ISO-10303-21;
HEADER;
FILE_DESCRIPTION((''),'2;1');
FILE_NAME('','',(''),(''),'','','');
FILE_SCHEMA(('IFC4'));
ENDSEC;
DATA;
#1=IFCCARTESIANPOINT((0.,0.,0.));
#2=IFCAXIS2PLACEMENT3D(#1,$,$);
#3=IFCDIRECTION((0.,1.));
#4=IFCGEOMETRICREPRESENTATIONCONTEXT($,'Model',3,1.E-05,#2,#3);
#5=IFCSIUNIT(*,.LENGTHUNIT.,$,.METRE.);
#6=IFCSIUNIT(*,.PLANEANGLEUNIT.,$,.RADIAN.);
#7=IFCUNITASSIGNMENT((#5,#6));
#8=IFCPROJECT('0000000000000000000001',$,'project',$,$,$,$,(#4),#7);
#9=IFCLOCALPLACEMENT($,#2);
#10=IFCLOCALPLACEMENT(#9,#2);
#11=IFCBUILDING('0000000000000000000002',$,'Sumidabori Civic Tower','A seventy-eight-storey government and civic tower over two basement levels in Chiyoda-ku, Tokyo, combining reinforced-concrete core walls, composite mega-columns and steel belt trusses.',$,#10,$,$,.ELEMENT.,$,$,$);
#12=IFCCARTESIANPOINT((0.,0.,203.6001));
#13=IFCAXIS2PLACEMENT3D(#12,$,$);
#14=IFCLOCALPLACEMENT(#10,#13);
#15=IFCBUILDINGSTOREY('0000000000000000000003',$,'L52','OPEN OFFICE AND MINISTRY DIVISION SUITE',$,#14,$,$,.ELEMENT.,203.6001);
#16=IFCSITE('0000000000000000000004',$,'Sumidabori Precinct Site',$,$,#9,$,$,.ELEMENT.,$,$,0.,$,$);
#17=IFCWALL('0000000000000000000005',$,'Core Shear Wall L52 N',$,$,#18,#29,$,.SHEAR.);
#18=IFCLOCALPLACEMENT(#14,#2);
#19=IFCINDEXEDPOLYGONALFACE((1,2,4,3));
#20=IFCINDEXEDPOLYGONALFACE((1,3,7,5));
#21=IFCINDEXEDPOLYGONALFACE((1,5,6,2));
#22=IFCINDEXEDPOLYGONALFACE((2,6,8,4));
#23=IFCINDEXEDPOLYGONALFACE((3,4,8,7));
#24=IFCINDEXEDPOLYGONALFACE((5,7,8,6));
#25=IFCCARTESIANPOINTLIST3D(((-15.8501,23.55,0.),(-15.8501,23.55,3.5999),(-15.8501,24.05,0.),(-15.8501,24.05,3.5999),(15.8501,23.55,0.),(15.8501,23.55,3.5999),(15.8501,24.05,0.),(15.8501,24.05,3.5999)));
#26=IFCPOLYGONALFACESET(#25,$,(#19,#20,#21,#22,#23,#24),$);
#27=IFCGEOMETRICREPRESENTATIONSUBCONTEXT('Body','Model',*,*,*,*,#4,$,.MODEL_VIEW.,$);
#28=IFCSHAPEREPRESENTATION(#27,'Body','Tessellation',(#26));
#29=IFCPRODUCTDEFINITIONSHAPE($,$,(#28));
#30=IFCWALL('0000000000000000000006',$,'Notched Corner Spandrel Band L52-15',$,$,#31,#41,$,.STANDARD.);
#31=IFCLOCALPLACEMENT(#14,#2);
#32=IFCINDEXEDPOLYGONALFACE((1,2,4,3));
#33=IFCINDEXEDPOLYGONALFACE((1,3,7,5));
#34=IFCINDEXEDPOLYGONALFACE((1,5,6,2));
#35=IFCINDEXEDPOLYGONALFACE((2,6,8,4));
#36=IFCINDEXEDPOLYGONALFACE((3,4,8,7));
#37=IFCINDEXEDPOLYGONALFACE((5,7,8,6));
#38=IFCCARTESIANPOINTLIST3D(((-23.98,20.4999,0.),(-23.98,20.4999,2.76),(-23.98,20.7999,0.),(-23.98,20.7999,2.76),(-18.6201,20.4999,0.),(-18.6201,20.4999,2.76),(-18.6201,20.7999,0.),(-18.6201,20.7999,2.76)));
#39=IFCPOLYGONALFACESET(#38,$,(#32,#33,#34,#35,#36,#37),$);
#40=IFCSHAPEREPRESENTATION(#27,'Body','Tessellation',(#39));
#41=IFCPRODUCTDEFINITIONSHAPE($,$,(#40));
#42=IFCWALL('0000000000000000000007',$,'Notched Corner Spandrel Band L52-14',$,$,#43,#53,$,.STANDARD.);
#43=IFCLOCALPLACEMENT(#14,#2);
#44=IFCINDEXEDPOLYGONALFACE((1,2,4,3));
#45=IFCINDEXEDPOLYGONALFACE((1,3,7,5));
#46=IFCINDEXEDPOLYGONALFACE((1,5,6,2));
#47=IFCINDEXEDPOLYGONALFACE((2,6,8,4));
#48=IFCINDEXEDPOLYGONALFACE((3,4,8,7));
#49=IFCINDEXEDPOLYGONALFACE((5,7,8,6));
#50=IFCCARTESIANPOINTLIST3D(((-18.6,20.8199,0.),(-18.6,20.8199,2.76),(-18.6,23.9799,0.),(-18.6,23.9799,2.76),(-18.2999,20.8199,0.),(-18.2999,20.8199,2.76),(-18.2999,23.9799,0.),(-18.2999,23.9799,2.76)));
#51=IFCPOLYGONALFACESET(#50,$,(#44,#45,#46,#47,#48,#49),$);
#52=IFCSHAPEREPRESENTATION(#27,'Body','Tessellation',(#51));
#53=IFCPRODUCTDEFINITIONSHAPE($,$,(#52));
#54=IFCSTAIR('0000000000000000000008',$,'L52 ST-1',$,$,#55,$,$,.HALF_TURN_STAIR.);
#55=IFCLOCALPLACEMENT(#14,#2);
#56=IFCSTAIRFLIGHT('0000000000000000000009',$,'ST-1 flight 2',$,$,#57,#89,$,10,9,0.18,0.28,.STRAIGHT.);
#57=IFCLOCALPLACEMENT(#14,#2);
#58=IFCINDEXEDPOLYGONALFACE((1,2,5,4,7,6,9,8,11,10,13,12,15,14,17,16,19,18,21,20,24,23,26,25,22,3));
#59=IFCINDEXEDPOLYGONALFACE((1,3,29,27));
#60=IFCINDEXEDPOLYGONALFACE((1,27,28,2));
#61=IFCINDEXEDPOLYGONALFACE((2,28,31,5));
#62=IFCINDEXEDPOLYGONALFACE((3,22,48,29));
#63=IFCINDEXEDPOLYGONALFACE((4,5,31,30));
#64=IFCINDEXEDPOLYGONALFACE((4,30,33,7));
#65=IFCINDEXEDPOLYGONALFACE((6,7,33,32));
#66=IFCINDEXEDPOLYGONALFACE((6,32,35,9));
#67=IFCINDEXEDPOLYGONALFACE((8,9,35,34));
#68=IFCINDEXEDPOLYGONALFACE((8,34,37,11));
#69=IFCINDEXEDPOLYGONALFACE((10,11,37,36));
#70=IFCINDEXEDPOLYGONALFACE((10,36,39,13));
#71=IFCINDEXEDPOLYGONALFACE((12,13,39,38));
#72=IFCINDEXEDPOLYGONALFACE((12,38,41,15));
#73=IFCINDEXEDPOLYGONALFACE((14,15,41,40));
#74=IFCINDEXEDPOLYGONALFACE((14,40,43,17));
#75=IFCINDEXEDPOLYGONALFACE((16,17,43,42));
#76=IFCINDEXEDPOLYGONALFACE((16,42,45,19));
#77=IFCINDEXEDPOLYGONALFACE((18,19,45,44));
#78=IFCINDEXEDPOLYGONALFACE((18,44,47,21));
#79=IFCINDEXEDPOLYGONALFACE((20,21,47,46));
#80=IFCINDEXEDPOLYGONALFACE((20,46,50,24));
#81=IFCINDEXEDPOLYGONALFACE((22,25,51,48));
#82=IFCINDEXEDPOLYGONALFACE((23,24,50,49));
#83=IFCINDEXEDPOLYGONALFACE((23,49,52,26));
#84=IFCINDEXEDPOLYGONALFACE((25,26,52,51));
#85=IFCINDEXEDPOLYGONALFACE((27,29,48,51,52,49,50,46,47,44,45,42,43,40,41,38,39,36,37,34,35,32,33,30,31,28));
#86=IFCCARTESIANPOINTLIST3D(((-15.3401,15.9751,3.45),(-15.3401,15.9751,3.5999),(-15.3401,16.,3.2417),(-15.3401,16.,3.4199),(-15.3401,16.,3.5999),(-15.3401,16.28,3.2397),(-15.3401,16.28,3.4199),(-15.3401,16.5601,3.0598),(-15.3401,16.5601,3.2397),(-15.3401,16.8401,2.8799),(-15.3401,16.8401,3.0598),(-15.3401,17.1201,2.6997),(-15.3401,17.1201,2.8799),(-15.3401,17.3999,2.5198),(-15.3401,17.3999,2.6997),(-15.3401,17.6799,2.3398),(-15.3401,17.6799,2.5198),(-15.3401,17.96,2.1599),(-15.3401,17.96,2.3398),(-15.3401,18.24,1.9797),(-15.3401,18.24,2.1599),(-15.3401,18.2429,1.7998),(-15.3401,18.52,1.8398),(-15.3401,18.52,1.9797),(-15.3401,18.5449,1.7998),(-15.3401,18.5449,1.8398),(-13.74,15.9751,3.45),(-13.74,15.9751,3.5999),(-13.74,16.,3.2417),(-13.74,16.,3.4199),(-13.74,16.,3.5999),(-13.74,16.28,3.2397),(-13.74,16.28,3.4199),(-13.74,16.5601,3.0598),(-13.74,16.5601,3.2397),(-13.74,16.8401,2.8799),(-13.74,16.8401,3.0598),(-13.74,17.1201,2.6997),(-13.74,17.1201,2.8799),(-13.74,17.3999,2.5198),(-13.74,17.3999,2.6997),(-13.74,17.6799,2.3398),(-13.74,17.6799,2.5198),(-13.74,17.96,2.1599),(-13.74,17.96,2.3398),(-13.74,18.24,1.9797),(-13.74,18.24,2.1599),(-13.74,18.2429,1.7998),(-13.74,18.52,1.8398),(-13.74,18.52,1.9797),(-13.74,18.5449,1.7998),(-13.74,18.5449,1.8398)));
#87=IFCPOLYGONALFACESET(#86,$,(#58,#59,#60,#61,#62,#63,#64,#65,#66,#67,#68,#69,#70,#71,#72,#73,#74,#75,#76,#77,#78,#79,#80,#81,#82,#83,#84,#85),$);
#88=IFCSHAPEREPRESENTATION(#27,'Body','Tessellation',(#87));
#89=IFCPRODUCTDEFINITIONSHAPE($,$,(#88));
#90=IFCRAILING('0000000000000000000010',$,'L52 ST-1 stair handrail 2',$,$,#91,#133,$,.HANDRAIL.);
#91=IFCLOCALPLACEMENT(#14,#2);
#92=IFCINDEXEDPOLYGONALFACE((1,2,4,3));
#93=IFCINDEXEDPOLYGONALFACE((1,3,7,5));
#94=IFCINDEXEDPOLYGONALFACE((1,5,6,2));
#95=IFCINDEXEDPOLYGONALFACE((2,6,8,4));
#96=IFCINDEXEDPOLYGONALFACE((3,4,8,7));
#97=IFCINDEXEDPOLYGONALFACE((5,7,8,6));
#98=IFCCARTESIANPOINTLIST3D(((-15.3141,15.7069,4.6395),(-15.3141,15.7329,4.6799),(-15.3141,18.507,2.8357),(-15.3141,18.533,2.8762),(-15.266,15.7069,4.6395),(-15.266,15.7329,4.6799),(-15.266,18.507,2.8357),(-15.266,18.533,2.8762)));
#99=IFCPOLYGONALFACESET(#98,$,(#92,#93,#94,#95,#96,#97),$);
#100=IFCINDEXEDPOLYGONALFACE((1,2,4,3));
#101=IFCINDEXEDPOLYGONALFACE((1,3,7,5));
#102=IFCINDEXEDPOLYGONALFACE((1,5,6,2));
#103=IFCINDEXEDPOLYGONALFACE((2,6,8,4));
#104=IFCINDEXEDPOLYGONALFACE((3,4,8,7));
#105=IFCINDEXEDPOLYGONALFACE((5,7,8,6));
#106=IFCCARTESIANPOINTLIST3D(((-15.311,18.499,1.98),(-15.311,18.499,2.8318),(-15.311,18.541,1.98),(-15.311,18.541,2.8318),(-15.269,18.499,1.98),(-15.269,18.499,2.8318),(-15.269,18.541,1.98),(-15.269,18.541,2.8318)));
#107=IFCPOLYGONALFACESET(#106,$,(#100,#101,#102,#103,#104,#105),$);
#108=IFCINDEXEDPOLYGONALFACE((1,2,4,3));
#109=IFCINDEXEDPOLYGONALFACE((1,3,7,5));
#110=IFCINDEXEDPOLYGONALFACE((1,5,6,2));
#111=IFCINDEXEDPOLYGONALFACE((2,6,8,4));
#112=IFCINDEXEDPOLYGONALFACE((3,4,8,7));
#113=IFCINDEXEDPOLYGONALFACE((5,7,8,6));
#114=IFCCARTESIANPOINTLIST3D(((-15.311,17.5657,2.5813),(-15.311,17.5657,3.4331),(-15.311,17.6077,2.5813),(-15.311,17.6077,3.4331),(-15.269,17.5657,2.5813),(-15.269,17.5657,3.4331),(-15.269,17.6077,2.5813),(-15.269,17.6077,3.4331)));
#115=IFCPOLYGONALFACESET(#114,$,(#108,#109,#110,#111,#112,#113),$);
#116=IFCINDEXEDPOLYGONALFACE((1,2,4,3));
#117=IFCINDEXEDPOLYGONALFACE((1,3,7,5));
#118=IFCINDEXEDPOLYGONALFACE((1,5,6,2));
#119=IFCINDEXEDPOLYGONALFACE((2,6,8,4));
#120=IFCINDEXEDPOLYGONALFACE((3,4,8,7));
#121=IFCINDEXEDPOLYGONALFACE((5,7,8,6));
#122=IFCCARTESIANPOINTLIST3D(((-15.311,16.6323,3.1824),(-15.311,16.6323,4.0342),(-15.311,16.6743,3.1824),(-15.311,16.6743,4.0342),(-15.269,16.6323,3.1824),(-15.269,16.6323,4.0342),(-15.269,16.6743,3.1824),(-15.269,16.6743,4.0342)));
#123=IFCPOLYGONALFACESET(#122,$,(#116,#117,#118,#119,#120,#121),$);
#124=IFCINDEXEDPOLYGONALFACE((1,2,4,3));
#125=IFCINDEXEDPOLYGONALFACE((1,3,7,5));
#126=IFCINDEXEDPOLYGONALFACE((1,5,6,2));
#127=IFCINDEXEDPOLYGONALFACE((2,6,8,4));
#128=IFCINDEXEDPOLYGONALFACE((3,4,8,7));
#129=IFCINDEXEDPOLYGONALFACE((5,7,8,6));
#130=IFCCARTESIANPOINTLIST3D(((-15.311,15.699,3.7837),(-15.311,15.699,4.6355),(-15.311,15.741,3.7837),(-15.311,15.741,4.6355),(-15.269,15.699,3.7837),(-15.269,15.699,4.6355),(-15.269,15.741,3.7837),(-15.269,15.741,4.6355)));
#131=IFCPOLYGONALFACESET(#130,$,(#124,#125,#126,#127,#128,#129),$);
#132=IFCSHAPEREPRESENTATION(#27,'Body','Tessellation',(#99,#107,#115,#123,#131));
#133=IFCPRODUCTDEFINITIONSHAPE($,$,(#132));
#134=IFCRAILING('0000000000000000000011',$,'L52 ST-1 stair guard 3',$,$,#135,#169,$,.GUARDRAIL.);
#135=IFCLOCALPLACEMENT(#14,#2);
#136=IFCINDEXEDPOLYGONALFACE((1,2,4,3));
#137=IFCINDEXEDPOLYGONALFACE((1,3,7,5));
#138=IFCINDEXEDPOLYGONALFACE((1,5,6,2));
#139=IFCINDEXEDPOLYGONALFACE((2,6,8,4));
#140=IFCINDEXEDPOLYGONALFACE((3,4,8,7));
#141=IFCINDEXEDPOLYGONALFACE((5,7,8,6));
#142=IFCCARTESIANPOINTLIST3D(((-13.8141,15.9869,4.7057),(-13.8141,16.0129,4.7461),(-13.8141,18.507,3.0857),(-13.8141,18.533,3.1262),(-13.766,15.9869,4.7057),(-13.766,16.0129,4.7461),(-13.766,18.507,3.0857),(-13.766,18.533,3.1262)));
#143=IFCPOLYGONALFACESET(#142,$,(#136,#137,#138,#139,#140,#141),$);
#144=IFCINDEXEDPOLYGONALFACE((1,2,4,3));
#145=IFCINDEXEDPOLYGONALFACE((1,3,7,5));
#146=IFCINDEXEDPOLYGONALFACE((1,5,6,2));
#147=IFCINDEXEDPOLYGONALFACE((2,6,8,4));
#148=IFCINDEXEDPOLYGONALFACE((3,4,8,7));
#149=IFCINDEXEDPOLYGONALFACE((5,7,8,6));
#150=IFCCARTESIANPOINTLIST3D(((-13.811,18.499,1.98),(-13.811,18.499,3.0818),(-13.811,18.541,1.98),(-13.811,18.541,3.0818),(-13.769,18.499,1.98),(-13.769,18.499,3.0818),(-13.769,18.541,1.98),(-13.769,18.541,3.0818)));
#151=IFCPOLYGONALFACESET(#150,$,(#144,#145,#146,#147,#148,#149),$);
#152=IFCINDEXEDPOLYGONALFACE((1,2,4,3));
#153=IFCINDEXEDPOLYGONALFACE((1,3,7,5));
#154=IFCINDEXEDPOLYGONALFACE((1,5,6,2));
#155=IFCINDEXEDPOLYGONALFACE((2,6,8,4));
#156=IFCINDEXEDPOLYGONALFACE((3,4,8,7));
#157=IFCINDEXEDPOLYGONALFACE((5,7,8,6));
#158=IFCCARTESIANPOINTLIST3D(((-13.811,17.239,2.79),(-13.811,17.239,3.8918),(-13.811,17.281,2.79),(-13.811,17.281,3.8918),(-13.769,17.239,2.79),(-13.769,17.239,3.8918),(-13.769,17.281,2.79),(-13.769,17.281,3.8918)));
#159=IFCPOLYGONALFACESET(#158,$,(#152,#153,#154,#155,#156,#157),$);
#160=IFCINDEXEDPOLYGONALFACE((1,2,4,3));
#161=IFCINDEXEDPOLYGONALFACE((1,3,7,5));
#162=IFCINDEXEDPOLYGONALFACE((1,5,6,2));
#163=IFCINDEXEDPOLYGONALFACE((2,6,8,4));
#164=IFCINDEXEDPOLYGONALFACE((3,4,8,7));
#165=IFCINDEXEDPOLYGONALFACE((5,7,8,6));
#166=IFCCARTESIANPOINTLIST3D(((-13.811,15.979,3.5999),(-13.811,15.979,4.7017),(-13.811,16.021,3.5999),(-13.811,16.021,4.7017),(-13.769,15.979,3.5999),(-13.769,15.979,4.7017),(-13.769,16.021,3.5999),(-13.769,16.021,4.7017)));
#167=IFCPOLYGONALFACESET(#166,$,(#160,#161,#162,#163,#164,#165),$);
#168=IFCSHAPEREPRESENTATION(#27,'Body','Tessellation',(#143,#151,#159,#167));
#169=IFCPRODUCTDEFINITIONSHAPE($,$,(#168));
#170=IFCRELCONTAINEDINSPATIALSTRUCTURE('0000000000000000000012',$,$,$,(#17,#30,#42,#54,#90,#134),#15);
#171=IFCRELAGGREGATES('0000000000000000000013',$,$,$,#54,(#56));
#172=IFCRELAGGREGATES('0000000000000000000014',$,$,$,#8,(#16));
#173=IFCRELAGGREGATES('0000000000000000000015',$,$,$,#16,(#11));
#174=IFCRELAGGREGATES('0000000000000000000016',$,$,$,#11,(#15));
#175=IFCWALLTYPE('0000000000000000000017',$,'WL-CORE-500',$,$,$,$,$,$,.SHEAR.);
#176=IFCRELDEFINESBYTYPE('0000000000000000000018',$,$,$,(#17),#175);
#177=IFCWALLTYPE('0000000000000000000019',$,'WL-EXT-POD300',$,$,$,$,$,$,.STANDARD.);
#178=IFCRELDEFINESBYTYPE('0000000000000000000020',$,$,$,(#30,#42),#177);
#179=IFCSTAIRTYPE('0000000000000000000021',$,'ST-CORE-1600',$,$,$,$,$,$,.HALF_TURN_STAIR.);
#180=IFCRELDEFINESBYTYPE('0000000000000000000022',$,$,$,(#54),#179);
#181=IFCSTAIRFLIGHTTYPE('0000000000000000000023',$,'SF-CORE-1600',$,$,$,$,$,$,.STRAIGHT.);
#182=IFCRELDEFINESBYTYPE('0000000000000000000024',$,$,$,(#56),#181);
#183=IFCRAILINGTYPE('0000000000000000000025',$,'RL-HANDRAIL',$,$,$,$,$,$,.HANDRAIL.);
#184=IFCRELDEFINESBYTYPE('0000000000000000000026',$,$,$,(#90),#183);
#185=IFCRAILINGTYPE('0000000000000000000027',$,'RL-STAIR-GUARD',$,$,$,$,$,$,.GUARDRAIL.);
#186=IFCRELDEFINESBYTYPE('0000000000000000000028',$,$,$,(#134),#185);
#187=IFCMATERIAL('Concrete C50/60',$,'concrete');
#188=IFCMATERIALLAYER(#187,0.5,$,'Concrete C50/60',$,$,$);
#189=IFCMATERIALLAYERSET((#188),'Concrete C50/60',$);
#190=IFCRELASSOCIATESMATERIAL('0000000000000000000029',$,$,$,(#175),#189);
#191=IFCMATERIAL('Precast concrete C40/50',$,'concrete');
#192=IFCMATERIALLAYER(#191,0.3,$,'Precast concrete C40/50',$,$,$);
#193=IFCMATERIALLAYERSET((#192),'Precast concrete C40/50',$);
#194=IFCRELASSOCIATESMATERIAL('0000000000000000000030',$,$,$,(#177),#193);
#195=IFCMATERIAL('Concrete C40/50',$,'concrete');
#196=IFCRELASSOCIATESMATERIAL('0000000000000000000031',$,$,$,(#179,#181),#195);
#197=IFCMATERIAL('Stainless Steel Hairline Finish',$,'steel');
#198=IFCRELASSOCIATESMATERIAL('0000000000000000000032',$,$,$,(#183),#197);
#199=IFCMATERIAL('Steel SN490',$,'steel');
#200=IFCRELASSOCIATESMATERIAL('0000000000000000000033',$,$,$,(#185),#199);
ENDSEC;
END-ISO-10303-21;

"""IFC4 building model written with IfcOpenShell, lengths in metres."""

from ifc_helpers import new_model, si_unit, direction, frame, frame_2d, origin, origin_2d, place, context, subcontext, project, spatial, polyline, rectangle, outline, extrude, source, transform, mapped, material, layer, layer_set, type_object, element, aggregate, save


model = new_model("IFC4")

# Units and contexts
model_context = context("Model", 3, precision=1e-05, world=origin(), true_north=direction((0.0, 1.0)))
body_context = subcontext(model_context, "Body", "Model", "MODEL_VIEW")
ifc_project = project(units=[si_unit("LENGTHUNIT", "METRE"), si_unit("PLANEANGLEUNIT", "RADIAN")], contexts=[model_context])

# Site, building, storey
site_placement = place(None, origin())
site = spatial("IfcSite", under=ifc_project, at=site_placement, Name="Sumidabori Precinct Site", CompositionType="ELEMENT", RefElevation=0.0)
building_placement = place(site_placement, origin())
building = spatial("IfcBuilding", under=site, at=building_placement, Name="Sumidabori Civic Tower", Description="A seventy-eight-storey government and civic tower over two basement levels in Chiyoda-ku, Tokyo, combining reinforced-concrete core walls, composite mega-columns and steel belt trusses.", CompositionType="ELEMENT")
storey_placement = place(building_placement, frame((0.0, 0.0, 203.6001)))
storey = spatial("IfcBuildingStorey", under=building, at=storey_placement, Name="L52", Description="OPEN OFFICE AND MINISTRY DIVISION SUITE", CompositionType="ELEMENT", Elevation=203.6001)

# Shared definitions
ifc_material_1 = material(Name="Steel SN490", Category="steel")

# Wall
ifc_material_2 = material(Name="Concrete C50/60", Category="concrete")
ifc_layer_1 = layer(ifc_material_2, 0.5, Name="Concrete C50/60")
ifc_layer_set_1 = layer_set([ifc_layer_1], Name="Concrete C50/60")
wall_type_1 = type_object("IfcWallType", Name="WL-CORE-500", PredefinedType="SHEAR", material=ifc_layer_set_1)
shared_shape_1 = source(origin(), body_context, "Body", "SweptSolid", [
    extrude(rectangle(XDim=31.7002, YDim=0.5, at=frame_2d((15.8501, 0.0))), origin(), (0.0, 0.0, 1.0), 3.5999),
])
wall_1_placement = place(storey_placement, frame((-15.8501, 23.8, 0.0), z_axis=(0.0, 0.0, 1.0), x_axis=(1.0, 0.0, 0.0)))
element("IfcWall", 1, at=wall_1_placement, inside=storey, type_object=wall_type_1, Name="Core Shear Wall L52 N", PredefinedType="SHEAR", context=body_context, shape_type="MappedRepresentation", body=[
    mapped(shared_shape_1, transform((0.0, 0.0, 0.0), x_axis=(1.0, 0.0, 0.0), y_axis=(0.0, 1.0, 0.0), z_axis=(0.0, 0.0, 1.0), scale=1.0)),
])

# Walls
ifc_material_3 = material(Name="Precast concrete C40/50", Category="concrete")
ifc_layer_2 = layer(ifc_material_3, 0.3, Name="Precast concrete C40/50")
ifc_layer_set_2 = layer_set([ifc_layer_2], Name="Precast concrete C40/50")
wall_type_2 = type_object("IfcWallType", Name="WL-EXT-POD300", PredefinedType="STANDARD", material=ifc_layer_set_2)
shared_shape_2 = source(origin(), body_context, "Body", "SweptSolid", [
    extrude(rectangle(XDim=5.3599, YDim=0.3, at=frame_2d((2.6799, 0.0))), origin(), (0.0, 0.0, 1.0), 2.76),
])
wall_2_placement = place(storey_placement, frame((-18.6201, 20.6499, 0.0), z_axis=(0.0, 0.0, 1.0), x_axis=(-1.0, 0.0, 0.0)))
element("IfcWall", 2, at=wall_2_placement, inside=storey, type_object=wall_type_2, Name="Notched Corner Spandrel Band L52-15", PredefinedType="STANDARD", context=body_context, shape_type="MappedRepresentation", body=[
    mapped(shared_shape_2, transform((0.0, 0.0, 0.0), x_axis=(1.0, 0.0, 0.0), y_axis=(0.0, 1.0, 0.0), z_axis=(0.0, 0.0, 1.0), scale=1.0)),
])
shared_shape_3 = source(origin(), body_context, "Body", "SweptSolid", [
    extrude(rectangle(XDim=3.1599, YDim=0.3, at=frame_2d((1.5801, 0.0))), origin(), (0.0, 0.0, 1.0), 2.76),
])
wall_3_placement = place(storey_placement, frame((-18.45, 23.98, 0.0), z_axis=(0.0, 0.0, 1.0), x_axis=(0.0, -1.0, 0.0)))
element("IfcWall", 3, at=wall_3_placement, inside=storey, type_object=wall_type_2, Name="Notched Corner Spandrel Band L52-14", PredefinedType="STANDARD", context=body_context, shape_type="MappedRepresentation", body=[
    mapped(shared_shape_3, transform((0.0, 0.0, 0.0), x_axis=(1.0, 0.0, 0.0), y_axis=(0.0, 1.0, 0.0), z_axis=(0.0, 0.0, 1.0), scale=1.0)),
])

# Stair, stair flight
ifc_material_4 = material(Name="Concrete C40/50", Category="concrete")
stair_type = type_object("IfcStairType", Name="ST-CORE-1600", PredefinedType="HALF_TURN_STAIR", material=ifc_material_4)
stair_placement = place(storey_placement, origin())
stair = element("IfcStair", 4, at=stair_placement, inside=storey, type_object=stair_type, Name="L52 ST-1", PredefinedType="HALF_TURN_STAIR")
stair_flight_type = type_object("IfcStairFlightType", Name="SF-CORE-1600", PredefinedType="STRAIGHT", material=ifc_material_4)
shared_shape_4 = source(origin(), body_context, "Body", "SweptSolid", [
    extrude(outline(polyline([(-0.0249, 0.0), (-0.0249, 0.04), (0.0, 0.04), (0.0, 0.1799), (0.28, 0.1799), (0.28, 0.3601), (0.5601, 0.3601), (0.5601, 0.54), (0.8401, 0.54), (0.8401, 0.72), (1.1201, 0.72), (1.1201, 0.8999), (1.3999, 0.8999), (1.3999, 1.0801), (1.6799, 1.0801), (1.6799, 1.26), (1.96, 1.26), (1.96, 1.4399), (2.24, 1.4399), (2.24, 1.6201), (2.52, 1.6201), (2.52, 1.8), (2.5449, 1.8), (2.5449, 1.6501), (2.52, 1.4419), (0.2771, 0.0), (-0.0249, 0.0)])), frame((0.0, 0.8, 0.0), z_axis=(0.0, -1.0, 0.0), x_axis=(1.0, 0.0, 0.0)), (0.0, 0.0, 1.0), 1.6001),
])
stair_flight_placement = place(storey_placement, frame((-14.54, 18.52, 1.7998), z_axis=(0.0, 0.0, 1.0), x_axis=(0.0, -1.0, 0.0)))
stair_flight = element("IfcStairFlight", 5, at=stair_flight_placement, type_object=stair_flight_type, Name="ST-1 flight 2", NumberOfRisers=10, NumberOfTreads=9, PredefinedType="STRAIGHT", RiserHeight=0.18, TreadLength=0.28, context=body_context, shape_type="MappedRepresentation", body=[
    mapped(shared_shape_4, transform((0.0, 0.0, 0.0), x_axis=(1.0, 0.0, 0.0), y_axis=(0.0, 1.0, 0.0), z_axis=(0.0, 0.0, 1.0), scale=1.0)),
])
aggregate(stair, [stair_flight])

# Railings
ifc_material_5 = material(Name="Stainless Steel Hairline Finish", Category="steel")
railing_type_1 = type_object("IfcRailingType", Name="RL-HANDRAIL", PredefinedType="HANDRAIL", material=ifc_material_5)
railing_1_placement = place(storey_placement, frame((-15.29, 18.52, 1.98)))
element("IfcRailing", 6, at=railing_1_placement, inside=storey, type_object=railing_type_1, Name="L52 ST-1 stair handrail 2", PredefinedType="HANDRAIL", context=body_context, shape_type="SweptSolid", body=[
    extrude(rectangle(XDim=0.0481, YDim=0.0481, at=origin_2d()), frame((0.0, 0.0, 0.876), z_axis=(0.0, -0.840676, 0.541539), x_axis=(1.0, 0.0, 0.0)), (0.0, 0.0, 1.0), 3.3308),
    extrude(rectangle(XDim=0.042, YDim=0.042, at=origin_2d()), origin(), (0.0, 0.0, 1.0), 0.8518),
    extrude(rectangle(XDim=0.042, YDim=0.042, at=origin_2d()), frame((0.0, -0.9333, 0.6013)), (0.0, 0.0, 1.0), 0.8518),
    extrude(rectangle(XDim=0.042, YDim=0.042, at=origin_2d()), frame((0.0, -1.8667, 1.2024)), (0.0, 0.0, 1.0), 0.8518),
    extrude(rectangle(XDim=0.042, YDim=0.042, at=origin_2d()), frame((0.0, -2.8, 1.8037)), (0.0, 0.0, 1.0), 0.8518),
])
railing_type_2 = type_object("IfcRailingType", Name="RL-STAIR-GUARD", PredefinedType="GUARDRAIL", material=ifc_material_1)
railing_2_placement = place(storey_placement, frame((-13.79, 18.52, 1.98)))
element("IfcRailing", 7, at=railing_2_placement, inside=storey, type_object=railing_type_2, Name="L52 ST-1 stair guard 3", PredefinedType="GUARDRAIL", context=body_context, shape_type="SweptSolid", body=[
    extrude(rectangle(XDim=0.0481, YDim=0.0481, at=origin_2d()), frame((0.0, 0.0, 1.126), z_axis=(0.0, -0.8412, 0.540725), x_axis=(1.0, 0.0, 0.0)), (0.0, 0.0, 1.0), 2.9958),
    extrude(rectangle(XDim=0.042, YDim=0.042, at=origin_2d()), origin(), (0.0, 0.0, 1.0), 1.1018),
    extrude(rectangle(XDim=0.042, YDim=0.042, at=origin_2d()), frame((0.0, -1.26, 0.8101)), (0.0, 0.0, 1.0), 1.1018),
    extrude(rectangle(XDim=0.042, YDim=0.042, at=origin_2d()), frame((0.0, -2.52, 1.6199)), (0.0, 0.0, 1.0), 1.1018),
])

save(model, "model.ifc")
